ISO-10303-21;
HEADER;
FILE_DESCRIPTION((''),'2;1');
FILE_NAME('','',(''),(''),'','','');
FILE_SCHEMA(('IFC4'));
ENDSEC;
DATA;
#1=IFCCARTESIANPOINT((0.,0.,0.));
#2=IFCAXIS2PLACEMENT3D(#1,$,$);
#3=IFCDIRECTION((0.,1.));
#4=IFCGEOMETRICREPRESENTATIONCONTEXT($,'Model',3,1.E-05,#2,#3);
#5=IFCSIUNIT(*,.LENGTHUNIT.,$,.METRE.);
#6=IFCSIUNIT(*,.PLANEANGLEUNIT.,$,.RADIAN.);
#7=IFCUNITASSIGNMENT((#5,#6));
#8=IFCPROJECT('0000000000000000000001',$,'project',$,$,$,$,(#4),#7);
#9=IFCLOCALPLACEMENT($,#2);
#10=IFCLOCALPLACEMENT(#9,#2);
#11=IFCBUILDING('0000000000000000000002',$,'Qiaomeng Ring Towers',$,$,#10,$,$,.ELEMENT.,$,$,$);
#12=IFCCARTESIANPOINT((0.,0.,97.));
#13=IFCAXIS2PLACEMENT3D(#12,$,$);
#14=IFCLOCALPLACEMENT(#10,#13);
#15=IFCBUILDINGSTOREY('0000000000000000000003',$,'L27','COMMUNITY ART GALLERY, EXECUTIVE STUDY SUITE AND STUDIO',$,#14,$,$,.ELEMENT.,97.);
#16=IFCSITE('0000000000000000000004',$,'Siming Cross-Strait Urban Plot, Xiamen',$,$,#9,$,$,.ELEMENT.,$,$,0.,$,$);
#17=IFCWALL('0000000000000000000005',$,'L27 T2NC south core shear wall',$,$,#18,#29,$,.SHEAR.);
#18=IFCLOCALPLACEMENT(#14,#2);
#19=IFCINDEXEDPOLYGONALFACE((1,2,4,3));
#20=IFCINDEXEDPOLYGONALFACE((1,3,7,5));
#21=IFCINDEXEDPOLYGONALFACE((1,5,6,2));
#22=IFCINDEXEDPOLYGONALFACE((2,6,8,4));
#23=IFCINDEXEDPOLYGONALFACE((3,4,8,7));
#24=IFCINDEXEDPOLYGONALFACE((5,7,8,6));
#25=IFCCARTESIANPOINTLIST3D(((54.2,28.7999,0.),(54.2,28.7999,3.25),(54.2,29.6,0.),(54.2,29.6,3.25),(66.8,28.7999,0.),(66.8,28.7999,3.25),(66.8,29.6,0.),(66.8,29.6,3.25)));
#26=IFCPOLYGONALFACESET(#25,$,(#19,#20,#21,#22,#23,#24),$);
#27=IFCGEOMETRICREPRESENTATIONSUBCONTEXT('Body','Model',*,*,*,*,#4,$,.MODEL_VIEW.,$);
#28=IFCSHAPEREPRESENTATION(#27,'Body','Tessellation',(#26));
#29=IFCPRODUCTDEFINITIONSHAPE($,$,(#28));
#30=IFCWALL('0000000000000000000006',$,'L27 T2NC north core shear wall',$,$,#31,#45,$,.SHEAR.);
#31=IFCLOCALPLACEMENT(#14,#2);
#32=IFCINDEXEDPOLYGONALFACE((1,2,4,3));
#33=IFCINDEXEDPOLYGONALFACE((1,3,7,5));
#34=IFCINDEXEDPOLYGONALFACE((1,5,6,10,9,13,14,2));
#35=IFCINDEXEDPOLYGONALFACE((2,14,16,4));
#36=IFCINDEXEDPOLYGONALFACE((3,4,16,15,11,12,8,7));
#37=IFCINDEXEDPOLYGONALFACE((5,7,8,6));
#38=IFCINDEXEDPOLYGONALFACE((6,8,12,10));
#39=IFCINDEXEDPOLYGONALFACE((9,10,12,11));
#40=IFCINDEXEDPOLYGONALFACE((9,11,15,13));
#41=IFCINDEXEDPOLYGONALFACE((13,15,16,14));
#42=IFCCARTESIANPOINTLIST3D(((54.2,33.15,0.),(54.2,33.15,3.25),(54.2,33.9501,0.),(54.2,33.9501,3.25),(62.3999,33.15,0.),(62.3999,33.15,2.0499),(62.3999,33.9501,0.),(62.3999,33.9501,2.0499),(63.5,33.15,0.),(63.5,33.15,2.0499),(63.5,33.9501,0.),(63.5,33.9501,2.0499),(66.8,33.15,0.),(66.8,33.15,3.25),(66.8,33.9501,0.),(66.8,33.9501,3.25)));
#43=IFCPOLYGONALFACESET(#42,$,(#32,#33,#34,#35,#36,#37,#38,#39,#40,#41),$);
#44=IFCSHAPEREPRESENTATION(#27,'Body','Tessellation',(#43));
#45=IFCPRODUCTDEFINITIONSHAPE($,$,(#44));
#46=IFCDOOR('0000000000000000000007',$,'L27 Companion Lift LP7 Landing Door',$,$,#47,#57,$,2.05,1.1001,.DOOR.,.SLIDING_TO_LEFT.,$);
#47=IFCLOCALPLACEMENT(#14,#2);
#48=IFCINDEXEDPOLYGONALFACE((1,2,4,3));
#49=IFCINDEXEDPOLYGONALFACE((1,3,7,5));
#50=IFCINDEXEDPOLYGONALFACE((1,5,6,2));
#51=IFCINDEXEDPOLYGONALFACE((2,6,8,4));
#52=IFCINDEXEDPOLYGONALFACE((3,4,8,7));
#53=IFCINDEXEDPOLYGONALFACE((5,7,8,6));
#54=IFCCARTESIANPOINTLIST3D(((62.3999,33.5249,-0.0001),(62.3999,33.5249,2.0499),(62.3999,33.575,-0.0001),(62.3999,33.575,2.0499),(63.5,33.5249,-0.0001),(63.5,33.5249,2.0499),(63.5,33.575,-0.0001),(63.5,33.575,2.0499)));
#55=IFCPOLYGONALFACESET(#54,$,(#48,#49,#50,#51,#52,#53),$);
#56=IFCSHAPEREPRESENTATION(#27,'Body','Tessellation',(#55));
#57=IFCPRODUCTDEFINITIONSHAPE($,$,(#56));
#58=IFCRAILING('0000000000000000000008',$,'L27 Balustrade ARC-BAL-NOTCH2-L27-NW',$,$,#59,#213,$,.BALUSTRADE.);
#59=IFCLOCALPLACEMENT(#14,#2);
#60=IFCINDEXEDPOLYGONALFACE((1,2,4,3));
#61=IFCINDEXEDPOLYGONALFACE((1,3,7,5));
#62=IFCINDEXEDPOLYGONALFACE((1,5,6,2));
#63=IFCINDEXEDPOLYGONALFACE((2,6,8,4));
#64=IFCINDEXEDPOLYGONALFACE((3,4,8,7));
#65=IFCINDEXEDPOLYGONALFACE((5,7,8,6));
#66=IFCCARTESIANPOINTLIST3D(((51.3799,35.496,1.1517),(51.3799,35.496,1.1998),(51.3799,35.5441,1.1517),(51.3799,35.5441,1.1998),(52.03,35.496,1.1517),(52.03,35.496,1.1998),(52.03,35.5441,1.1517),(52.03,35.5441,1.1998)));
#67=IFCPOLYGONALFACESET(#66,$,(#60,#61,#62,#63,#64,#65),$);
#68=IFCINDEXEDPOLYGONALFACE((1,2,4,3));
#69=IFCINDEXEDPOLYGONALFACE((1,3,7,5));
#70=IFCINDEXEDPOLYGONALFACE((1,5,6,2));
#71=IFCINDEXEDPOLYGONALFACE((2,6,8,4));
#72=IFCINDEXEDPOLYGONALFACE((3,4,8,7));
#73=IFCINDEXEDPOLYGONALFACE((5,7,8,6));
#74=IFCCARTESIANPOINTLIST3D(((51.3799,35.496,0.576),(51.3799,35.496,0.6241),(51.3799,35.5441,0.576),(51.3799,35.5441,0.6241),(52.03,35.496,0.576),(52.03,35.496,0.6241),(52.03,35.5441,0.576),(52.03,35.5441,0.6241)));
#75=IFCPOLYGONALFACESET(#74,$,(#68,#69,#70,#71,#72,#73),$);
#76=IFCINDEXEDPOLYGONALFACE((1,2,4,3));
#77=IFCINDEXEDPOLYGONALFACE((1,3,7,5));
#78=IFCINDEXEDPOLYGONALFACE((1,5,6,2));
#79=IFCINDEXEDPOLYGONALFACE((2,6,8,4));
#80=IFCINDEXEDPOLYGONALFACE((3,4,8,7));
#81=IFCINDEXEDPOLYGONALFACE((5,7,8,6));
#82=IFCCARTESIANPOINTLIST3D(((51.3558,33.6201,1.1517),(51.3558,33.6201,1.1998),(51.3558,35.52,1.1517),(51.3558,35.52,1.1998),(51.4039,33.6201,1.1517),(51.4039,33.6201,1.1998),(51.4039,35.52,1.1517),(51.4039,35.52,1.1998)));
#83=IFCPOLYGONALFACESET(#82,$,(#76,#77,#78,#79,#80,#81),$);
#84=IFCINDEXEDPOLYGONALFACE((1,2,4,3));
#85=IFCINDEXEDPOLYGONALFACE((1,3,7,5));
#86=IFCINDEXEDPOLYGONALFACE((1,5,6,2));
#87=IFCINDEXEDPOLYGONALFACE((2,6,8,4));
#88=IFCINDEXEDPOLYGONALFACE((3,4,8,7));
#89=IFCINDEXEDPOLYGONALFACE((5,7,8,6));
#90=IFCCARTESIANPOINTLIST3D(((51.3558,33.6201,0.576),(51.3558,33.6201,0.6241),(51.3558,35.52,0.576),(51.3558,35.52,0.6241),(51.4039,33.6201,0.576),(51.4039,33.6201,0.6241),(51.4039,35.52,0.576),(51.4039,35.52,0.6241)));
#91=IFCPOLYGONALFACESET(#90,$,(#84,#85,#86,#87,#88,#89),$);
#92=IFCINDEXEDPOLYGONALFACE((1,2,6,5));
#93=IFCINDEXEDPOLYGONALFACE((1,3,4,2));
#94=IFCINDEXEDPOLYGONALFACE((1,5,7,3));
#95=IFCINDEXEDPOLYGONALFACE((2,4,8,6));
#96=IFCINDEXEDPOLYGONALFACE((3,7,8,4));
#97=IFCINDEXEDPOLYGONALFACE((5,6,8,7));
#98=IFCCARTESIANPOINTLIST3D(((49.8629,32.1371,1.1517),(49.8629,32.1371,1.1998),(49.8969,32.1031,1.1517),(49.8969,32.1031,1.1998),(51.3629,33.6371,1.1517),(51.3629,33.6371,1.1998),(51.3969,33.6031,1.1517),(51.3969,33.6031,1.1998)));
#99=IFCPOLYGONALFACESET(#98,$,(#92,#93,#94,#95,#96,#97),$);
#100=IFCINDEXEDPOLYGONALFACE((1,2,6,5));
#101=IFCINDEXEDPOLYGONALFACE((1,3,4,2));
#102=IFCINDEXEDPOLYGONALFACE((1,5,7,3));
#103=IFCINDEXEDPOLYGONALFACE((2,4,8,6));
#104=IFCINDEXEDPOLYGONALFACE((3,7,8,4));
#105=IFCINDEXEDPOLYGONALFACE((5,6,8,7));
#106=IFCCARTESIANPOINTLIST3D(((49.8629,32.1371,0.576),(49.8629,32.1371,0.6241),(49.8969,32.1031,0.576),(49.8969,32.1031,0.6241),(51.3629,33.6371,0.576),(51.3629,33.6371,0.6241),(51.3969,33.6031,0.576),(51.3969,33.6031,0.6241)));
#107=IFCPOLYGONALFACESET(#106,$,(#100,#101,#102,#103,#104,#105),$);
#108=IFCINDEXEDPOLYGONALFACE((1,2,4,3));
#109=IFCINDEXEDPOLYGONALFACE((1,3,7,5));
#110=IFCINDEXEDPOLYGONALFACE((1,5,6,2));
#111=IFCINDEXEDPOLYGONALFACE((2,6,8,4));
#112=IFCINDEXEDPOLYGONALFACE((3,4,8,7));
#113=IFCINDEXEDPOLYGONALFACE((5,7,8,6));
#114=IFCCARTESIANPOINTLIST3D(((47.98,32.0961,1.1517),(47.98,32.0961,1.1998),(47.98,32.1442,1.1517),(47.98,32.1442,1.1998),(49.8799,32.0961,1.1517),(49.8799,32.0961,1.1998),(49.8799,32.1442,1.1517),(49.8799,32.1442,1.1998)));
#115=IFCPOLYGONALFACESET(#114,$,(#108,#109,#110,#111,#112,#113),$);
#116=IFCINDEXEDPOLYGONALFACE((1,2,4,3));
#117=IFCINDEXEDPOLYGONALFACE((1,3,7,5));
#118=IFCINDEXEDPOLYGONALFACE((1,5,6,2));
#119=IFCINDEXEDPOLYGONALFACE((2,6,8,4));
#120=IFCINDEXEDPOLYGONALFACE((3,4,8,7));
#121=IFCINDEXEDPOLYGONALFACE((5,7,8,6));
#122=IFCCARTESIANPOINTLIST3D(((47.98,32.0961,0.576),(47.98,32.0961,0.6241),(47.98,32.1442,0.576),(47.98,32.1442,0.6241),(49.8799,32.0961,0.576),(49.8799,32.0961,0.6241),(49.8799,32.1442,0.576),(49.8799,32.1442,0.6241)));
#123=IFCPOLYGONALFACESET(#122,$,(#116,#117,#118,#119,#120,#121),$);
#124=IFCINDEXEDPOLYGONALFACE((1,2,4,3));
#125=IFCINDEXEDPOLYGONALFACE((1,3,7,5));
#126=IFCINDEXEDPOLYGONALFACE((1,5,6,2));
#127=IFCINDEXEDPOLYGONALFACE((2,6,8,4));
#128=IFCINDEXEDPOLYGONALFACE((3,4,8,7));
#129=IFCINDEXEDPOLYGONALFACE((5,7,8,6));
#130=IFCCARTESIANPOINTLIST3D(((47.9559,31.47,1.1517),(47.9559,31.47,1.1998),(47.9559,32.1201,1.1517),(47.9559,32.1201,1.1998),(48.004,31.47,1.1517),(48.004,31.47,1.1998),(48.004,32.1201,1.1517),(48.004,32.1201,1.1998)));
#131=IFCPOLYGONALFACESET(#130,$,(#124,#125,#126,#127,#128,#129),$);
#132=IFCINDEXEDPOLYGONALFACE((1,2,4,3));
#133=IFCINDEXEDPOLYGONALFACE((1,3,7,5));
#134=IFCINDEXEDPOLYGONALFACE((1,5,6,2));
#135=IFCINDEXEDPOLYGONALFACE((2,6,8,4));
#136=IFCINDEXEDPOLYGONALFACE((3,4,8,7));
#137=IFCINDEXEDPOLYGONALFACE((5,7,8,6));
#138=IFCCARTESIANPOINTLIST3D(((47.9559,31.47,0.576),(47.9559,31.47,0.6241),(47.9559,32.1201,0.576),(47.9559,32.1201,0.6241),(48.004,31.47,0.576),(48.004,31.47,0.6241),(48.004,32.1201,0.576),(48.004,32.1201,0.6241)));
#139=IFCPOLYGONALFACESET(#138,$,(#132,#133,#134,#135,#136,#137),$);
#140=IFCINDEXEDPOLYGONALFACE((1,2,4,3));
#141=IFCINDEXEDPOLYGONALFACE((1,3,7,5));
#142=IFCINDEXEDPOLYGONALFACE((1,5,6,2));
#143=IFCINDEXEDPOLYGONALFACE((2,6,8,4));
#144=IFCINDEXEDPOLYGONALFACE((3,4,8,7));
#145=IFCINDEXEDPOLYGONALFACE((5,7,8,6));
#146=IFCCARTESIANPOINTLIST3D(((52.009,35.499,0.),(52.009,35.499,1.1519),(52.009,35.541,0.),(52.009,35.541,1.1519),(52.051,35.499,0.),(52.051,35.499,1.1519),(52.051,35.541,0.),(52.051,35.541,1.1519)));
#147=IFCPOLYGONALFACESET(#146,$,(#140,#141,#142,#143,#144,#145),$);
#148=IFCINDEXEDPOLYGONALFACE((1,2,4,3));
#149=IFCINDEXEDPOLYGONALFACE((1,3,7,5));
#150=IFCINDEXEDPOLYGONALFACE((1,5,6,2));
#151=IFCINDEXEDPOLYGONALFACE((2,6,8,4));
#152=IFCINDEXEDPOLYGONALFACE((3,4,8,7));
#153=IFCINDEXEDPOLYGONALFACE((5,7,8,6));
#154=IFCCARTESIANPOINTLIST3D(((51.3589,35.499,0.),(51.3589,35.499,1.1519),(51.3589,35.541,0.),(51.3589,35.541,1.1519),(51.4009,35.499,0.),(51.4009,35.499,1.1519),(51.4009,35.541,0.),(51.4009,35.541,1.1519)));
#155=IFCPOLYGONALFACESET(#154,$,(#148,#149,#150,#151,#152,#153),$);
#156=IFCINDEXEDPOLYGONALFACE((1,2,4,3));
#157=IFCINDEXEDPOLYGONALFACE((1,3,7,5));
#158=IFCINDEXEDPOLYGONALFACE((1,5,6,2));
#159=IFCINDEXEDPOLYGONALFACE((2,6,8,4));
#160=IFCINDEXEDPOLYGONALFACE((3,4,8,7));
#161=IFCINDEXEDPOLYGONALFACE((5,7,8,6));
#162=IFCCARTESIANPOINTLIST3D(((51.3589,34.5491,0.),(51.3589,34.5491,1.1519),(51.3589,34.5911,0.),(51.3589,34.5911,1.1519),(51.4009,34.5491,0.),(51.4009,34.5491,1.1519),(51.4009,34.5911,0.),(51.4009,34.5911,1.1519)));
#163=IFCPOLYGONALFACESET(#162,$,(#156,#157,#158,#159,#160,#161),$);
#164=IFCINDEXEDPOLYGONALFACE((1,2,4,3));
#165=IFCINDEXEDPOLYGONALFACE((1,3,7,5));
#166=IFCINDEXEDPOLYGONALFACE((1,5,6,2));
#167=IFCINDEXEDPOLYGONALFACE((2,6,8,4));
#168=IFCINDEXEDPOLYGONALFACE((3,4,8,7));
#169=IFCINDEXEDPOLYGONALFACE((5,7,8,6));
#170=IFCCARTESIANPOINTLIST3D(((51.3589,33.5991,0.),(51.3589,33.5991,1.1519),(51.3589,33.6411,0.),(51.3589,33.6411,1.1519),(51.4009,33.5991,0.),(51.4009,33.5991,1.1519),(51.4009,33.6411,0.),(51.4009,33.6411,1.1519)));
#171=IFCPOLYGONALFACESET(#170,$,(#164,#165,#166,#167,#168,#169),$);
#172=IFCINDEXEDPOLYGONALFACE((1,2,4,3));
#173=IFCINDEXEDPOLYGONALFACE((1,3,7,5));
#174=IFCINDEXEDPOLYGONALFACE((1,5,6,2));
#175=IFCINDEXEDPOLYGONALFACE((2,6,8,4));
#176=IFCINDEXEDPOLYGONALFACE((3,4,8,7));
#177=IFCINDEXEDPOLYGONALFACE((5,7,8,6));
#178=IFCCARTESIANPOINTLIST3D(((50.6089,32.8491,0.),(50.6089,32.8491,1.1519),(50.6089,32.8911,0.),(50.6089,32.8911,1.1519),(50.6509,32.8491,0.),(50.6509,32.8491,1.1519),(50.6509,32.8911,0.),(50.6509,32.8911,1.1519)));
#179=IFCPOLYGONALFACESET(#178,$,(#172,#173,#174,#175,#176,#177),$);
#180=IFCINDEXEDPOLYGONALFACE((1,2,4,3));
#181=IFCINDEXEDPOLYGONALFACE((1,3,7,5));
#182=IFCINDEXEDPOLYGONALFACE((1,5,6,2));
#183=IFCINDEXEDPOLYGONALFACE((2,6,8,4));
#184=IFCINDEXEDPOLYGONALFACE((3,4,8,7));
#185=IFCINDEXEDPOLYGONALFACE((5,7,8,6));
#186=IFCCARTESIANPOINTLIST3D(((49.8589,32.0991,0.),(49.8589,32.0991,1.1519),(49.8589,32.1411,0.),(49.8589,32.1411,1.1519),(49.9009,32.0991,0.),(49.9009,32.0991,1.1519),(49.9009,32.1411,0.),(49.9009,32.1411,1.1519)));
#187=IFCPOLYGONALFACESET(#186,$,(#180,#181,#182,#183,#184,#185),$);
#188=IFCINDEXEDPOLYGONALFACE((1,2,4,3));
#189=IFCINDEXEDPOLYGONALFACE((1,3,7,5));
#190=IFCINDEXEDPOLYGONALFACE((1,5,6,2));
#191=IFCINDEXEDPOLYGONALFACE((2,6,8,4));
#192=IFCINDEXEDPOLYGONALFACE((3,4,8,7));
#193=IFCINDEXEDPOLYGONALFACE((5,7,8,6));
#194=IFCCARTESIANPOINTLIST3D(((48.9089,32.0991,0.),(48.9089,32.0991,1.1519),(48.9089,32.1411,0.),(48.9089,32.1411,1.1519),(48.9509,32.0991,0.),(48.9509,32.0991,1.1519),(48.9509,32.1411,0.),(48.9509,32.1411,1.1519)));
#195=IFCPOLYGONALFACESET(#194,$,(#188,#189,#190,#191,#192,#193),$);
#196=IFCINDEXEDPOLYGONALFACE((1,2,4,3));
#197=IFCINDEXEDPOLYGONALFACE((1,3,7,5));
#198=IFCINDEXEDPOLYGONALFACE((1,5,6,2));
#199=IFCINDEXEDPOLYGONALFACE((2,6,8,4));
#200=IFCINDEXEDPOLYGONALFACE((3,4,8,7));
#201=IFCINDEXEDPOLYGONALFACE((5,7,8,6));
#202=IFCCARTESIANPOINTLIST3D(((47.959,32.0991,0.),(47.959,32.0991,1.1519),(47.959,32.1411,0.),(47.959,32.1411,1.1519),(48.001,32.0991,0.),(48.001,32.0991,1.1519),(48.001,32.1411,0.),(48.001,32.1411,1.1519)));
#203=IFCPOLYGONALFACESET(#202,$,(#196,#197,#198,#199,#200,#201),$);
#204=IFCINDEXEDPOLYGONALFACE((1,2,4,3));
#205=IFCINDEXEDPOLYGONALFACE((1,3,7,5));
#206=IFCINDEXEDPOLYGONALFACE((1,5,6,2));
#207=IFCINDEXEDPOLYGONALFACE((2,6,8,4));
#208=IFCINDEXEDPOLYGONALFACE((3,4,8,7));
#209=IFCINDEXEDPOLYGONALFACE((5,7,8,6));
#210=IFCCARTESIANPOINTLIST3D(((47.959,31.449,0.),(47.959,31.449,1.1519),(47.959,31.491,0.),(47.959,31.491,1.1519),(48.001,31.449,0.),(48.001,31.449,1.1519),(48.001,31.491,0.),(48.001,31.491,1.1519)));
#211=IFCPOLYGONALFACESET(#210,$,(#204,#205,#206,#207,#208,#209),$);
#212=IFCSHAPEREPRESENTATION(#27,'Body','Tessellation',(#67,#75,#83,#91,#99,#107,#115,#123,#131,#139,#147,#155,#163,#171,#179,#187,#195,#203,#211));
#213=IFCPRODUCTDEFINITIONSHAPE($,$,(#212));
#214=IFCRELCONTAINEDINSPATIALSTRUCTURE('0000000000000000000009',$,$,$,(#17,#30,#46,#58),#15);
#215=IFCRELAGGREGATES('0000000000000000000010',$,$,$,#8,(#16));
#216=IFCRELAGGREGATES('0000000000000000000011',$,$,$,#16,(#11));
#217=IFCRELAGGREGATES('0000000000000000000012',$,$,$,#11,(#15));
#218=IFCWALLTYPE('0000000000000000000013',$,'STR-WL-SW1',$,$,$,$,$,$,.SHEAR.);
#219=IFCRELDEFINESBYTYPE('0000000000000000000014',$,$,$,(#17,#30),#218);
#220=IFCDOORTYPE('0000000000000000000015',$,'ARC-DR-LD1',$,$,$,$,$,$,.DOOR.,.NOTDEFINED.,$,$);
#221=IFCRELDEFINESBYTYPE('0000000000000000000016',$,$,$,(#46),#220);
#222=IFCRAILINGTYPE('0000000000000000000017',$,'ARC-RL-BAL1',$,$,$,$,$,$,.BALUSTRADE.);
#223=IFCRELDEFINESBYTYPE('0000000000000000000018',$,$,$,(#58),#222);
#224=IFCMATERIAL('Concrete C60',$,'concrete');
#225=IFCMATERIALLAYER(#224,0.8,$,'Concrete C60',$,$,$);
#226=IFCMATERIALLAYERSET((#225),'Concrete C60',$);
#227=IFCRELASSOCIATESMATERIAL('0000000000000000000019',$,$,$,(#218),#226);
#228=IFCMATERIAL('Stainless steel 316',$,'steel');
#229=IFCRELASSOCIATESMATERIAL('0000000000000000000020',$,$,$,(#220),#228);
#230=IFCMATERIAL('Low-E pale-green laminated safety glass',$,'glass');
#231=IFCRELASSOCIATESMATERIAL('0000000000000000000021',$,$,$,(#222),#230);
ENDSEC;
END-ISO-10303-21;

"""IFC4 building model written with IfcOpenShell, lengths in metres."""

from ifc_helpers import new_model, si_unit, direction, frame, frame_2d, origin, origin_2d, place, context, subcontext, project, spatial, rectangle, extrude, source, transform, mapped, material, layer, layer_set, type_object, element, fill, save


model = new_model("IFC4")

# Units and contexts
model_context = context("Model", 3, precision=1e-05, world=origin(), true_north=direction((0.0, 1.0)))
body_context = subcontext(model_context, "Body", "Model", "MODEL_VIEW")
ifc_project = project(units=[si_unit("LENGTHUNIT", "METRE"), si_unit("PLANEANGLEUNIT", "RADIAN")], contexts=[model_context])

# Site, building, storey
site_placement = place(None, origin())
site = spatial("IfcSite", under=ifc_project, at=site_placement, Name="Siming Cross-Strait Urban Plot, Xiamen", CompositionType="ELEMENT", RefElevation=0.0)
building_placement = place(site_placement, origin())
building = spatial("IfcBuilding", under=site, at=building_placement, Name="Qiaomeng Ring Towers", CompositionType="ELEMENT")
storey_placement = place(building_placement, frame((0.0, 0.0, 97.0)))
storey = spatial("IfcBuildingStorey", under=building, at=storey_placement, Name="L27", Description="COMMUNITY ART GALLERY, EXECUTIVE STUDY SUITE AND STUDIO", CompositionType="ELEMENT", Elevation=97.0)

# Wall
ifc_material_1 = material(Name="Concrete C60", Category="concrete")
ifc_layer_1 = layer(ifc_material_1, 0.8, Name="Concrete C60")
ifc_layer_set_1 = layer_set([ifc_layer_1], Name="Concrete C60")
wall_type_1 = type_object("IfcWallType", Name="STR-WL-SW1", PredefinedType="SHEAR", material=ifc_layer_set_1)
wall_1_placement = place(storey_placement, frame((54.2, 29.2, 0.0), z_axis=(0.0, 0.0, 1.0), x_axis=(1.0, 0.0, 0.0)))
element("IfcWall", 1, at=wall_1_placement, inside=storey, type_object=wall_type_1, Name="L27 T2NC south core shear wall", PredefinedType="SHEAR", context=body_context, shape_type="SweptSolid", body=[
    extrude(rectangle(XDim=12.6001, YDim=0.8, at=frame_2d((6.3, 0.0))), origin(), (0.0, 0.0, 1.0), 3.25),
])

# Wall, opening, door
wall_2_placement = place(storey_placement, frame((54.2, 33.55, 0.0), z_axis=(0.0, 0.0, 1.0), x_axis=(1.0, 0.0, 0.0)))
wall_2 = element("IfcWall", 2, at=wall_2_placement, inside=storey, type_object=wall_type_1, Name="L27 T2NC north core shear wall", PredefinedType="SHEAR", context=body_context, shape_type="SweptSolid", body=[
    extrude(rectangle(XDim=12.6001, YDim=0.8, at=frame_2d((6.3, 0.0))), origin(), (0.0, 0.0, 1.0), 3.25),
])
opening_placement = place(wall_2_placement, frame((8.2, 0.0, 0.0)))
opening = element("IfcOpeningElement", 3, at=opening_placement, cuts=wall_2, PredefinedType="OPENING", context=body_context, shape_type="SweptSolid", body=[
    extrude(rectangle(XDim=1.1001, YDim=2.05, at=frame_2d((0.55, 1.0249))), frame((0.0, 0.4099, 0.0), z_axis=(0.0, -1.0, 0.0), x_axis=(1.0, 0.0, 0.0)), (0.0, 0.0, 1.0), 0.8201),
])
ifc_material_2 = material(Name="Stainless steel 316", Category="steel")
door_type = type_object("IfcDoorType", Name="ARC-DR-LD1", OperationType="NOTDEFINED", PredefinedType="DOOR", material=ifc_material_2)
shared_shape_1 = source(origin(), body_context, "Body", "SweptSolid", [
    extrude(rectangle(XDim=1.1001, YDim=2.05, at=frame_2d((0.55, 1.0249))), frame((0.0, 0.0249, 0.0), z_axis=(0.0, -1.0, 0.0), x_axis=(1.0, 0.0, 0.0)), (0.0, 0.0, 1.0), 0.05),
])
door_placement = place(opening_placement, origin())
door = element("IfcDoor", 4, at=door_placement, inside=storey, type_object=door_type, Name="L27 Companion Lift LP7 Landing Door", OperationType="SLIDING_TO_LEFT", OverallHeight=2.05, OverallWidth=1.1001, PredefinedType="DOOR", context=body_context, shape_type="MappedRepresentation", body=[
    mapped(shared_shape_1, transform((0.0, 0.0, 0.0), x_axis=(1.0, 0.0, 0.0), y_axis=(0.0, 1.0, 0.0), z_axis=(0.0, 0.0, 1.0), scale=1.0)),
])
fill(opening, door)

# Railing
ifc_material_3 = material(Name="Low-E pale-green laminated safety glass", Category="glass")
railing_type = type_object("IfcRailingType", Name="ARC-RL-BAL1", PredefinedType="BALUSTRADE", material=ifc_material_3)
railing_1_placement = place(storey_placement, frame((52.03, 35.52, 0.0)))
element("IfcRailing", 5, at=railing_1_placement, inside=storey, type_object=railing_type, Name="L27 Balustrade ARC-BAL-NOTCH2-L27-NW", PredefinedType="BALUSTRADE", context=body_context, shape_type="SweptSolid", body=[
    extrude(rectangle(XDim=0.0481, YDim=0.0481, at=origin_2d()), frame((0.0, 0.0, 1.1758), z_axis=(-1.0, 0.0, 0.0), x_axis=(0.0, -1.0, 0.0)), (0.0, 0.0, 1.0), 0.6501),
    extrude(rectangle(XDim=0.0481, YDim=0.0481, at=origin_2d()), frame((0.0, 0.0, 0.6001), z_axis=(-1.0, 0.0, 0.0), x_axis=(0.0, -1.0, 0.0)), (0.0, 0.0, 1.0), 0.6501),
    extrude(rectangle(XDim=0.0481, YDim=0.0481, at=origin_2d()), frame((-0.6501, 0.0, 1.1758), z_axis=(0.0, -1.0, 0.0), x_axis=(1.0, 0.0, 0.0)), (0.0, 0.0, 1.0), 1.8999),
    extrude(rectangle(XDim=0.0481, YDim=0.0481, at=origin_2d()), frame((-0.6501, 0.0, 0.6001), z_axis=(0.0, -1.0, 0.0), x_axis=(1.0, 0.0, 0.0)), (0.0, 0.0, 1.0), 1.8999),
    extrude(rectangle(XDim=0.0481, YDim=0.0481, at=origin_2d()), frame((-0.6501, -1.8999, 1.1758), z_axis=(-0.707107, -0.707107, 0.0), x_axis=(0.707107, -0.707107, 0.0)), (0.0, 0.0, 1.0), 2.1213),
    extrude(rectangle(XDim=0.0481, YDim=0.0481, at=origin_2d()), frame((-0.6501, -1.8999, 0.6001), z_axis=(-0.707107, -0.707107, 0.0), x_axis=(0.707107, -0.707107, 0.0)), (0.0, 0.0, 1.0), 2.1213),
    extrude(rectangle(XDim=0.0481, YDim=0.0481, at=origin_2d()), frame((-2.1501, -3.3999, 1.1758), z_axis=(-1.0, 0.0, 0.0), x_axis=(0.0, -1.0, 0.0)), (0.0, 0.0, 1.0), 1.8999),
    extrude(rectangle(XDim=0.0481, YDim=0.0481, at=origin_2d()), frame((-2.1501, -3.3999, 0.6001), z_axis=(-1.0, 0.0, 0.0), x_axis=(0.0, -1.0, 0.0)), (0.0, 0.0, 1.0), 1.8999),
    extrude(rectangle(XDim=0.0481, YDim=0.0481, at=origin_2d()), frame((-4.05, -3.3999, 1.1758), z_axis=(0.0, -1.0, 0.0), x_axis=(1.0, 0.0, 0.0)), (0.0, 0.0, 1.0), 0.6501),
    extrude(rectangle(XDim=0.0481, YDim=0.0481, at=origin_2d()), frame((-4.05, -3.3999, 0.6001), z_axis=(0.0, -1.0, 0.0), x_axis=(1.0, 0.0, 0.0)), (0.0, 0.0, 1.0), 0.6501),
    extrude(rectangle(XDim=0.042, YDim=0.042, at=origin_2d()), origin(), (0.0, 0.0, 1.0), 1.1519),
    extrude(rectangle(XDim=0.042, YDim=0.042, at=origin_2d()), frame((-0.6501, 0.0, 0.0)), (0.0, 0.0, 1.0), 1.1519),
    extrude(rectangle(XDim=0.042, YDim=0.042, at=origin_2d()), frame((-0.6501, -0.95, 0.0)), (0.0, 0.0, 1.0), 1.1519),
    extrude(rectangle(XDim=0.042, YDim=0.042, at=origin_2d()), frame((-0.6501, -1.8999, 0.0)), (0.0, 0.0, 1.0), 1.1519),
    extrude(rectangle(XDim=0.042, YDim=0.042, at=origin_2d()), frame((-1.4001, -2.6499, 0.0)), (0.0, 0.0, 1.0), 1.1519),
    extrude(rectangle(XDim=0.042, YDim=0.042, at=origin_2d()), frame((-2.1501, -3.3999, 0.0)), (0.0, 0.0, 1.0), 1.1519),
    extrude(rectangle(XDim=0.042, YDim=0.042, at=origin_2d()), frame((-3.1001, -3.3999, 0.0)), (0.0, 0.0, 1.0), 1.1519),
    extrude(rectangle(XDim=0.042, YDim=0.042, at=origin_2d()), frame((-4.05, -3.3999, 0.0)), (0.0, 0.0, 1.0), 1.1519),
    extrude(rectangle(XDim=0.042, YDim=0.042, at=origin_2d()), frame((-4.05, -4.05, 0.0)), (0.0, 0.0, 1.0), 1.1519),
])

save(model, "model.ifc")
